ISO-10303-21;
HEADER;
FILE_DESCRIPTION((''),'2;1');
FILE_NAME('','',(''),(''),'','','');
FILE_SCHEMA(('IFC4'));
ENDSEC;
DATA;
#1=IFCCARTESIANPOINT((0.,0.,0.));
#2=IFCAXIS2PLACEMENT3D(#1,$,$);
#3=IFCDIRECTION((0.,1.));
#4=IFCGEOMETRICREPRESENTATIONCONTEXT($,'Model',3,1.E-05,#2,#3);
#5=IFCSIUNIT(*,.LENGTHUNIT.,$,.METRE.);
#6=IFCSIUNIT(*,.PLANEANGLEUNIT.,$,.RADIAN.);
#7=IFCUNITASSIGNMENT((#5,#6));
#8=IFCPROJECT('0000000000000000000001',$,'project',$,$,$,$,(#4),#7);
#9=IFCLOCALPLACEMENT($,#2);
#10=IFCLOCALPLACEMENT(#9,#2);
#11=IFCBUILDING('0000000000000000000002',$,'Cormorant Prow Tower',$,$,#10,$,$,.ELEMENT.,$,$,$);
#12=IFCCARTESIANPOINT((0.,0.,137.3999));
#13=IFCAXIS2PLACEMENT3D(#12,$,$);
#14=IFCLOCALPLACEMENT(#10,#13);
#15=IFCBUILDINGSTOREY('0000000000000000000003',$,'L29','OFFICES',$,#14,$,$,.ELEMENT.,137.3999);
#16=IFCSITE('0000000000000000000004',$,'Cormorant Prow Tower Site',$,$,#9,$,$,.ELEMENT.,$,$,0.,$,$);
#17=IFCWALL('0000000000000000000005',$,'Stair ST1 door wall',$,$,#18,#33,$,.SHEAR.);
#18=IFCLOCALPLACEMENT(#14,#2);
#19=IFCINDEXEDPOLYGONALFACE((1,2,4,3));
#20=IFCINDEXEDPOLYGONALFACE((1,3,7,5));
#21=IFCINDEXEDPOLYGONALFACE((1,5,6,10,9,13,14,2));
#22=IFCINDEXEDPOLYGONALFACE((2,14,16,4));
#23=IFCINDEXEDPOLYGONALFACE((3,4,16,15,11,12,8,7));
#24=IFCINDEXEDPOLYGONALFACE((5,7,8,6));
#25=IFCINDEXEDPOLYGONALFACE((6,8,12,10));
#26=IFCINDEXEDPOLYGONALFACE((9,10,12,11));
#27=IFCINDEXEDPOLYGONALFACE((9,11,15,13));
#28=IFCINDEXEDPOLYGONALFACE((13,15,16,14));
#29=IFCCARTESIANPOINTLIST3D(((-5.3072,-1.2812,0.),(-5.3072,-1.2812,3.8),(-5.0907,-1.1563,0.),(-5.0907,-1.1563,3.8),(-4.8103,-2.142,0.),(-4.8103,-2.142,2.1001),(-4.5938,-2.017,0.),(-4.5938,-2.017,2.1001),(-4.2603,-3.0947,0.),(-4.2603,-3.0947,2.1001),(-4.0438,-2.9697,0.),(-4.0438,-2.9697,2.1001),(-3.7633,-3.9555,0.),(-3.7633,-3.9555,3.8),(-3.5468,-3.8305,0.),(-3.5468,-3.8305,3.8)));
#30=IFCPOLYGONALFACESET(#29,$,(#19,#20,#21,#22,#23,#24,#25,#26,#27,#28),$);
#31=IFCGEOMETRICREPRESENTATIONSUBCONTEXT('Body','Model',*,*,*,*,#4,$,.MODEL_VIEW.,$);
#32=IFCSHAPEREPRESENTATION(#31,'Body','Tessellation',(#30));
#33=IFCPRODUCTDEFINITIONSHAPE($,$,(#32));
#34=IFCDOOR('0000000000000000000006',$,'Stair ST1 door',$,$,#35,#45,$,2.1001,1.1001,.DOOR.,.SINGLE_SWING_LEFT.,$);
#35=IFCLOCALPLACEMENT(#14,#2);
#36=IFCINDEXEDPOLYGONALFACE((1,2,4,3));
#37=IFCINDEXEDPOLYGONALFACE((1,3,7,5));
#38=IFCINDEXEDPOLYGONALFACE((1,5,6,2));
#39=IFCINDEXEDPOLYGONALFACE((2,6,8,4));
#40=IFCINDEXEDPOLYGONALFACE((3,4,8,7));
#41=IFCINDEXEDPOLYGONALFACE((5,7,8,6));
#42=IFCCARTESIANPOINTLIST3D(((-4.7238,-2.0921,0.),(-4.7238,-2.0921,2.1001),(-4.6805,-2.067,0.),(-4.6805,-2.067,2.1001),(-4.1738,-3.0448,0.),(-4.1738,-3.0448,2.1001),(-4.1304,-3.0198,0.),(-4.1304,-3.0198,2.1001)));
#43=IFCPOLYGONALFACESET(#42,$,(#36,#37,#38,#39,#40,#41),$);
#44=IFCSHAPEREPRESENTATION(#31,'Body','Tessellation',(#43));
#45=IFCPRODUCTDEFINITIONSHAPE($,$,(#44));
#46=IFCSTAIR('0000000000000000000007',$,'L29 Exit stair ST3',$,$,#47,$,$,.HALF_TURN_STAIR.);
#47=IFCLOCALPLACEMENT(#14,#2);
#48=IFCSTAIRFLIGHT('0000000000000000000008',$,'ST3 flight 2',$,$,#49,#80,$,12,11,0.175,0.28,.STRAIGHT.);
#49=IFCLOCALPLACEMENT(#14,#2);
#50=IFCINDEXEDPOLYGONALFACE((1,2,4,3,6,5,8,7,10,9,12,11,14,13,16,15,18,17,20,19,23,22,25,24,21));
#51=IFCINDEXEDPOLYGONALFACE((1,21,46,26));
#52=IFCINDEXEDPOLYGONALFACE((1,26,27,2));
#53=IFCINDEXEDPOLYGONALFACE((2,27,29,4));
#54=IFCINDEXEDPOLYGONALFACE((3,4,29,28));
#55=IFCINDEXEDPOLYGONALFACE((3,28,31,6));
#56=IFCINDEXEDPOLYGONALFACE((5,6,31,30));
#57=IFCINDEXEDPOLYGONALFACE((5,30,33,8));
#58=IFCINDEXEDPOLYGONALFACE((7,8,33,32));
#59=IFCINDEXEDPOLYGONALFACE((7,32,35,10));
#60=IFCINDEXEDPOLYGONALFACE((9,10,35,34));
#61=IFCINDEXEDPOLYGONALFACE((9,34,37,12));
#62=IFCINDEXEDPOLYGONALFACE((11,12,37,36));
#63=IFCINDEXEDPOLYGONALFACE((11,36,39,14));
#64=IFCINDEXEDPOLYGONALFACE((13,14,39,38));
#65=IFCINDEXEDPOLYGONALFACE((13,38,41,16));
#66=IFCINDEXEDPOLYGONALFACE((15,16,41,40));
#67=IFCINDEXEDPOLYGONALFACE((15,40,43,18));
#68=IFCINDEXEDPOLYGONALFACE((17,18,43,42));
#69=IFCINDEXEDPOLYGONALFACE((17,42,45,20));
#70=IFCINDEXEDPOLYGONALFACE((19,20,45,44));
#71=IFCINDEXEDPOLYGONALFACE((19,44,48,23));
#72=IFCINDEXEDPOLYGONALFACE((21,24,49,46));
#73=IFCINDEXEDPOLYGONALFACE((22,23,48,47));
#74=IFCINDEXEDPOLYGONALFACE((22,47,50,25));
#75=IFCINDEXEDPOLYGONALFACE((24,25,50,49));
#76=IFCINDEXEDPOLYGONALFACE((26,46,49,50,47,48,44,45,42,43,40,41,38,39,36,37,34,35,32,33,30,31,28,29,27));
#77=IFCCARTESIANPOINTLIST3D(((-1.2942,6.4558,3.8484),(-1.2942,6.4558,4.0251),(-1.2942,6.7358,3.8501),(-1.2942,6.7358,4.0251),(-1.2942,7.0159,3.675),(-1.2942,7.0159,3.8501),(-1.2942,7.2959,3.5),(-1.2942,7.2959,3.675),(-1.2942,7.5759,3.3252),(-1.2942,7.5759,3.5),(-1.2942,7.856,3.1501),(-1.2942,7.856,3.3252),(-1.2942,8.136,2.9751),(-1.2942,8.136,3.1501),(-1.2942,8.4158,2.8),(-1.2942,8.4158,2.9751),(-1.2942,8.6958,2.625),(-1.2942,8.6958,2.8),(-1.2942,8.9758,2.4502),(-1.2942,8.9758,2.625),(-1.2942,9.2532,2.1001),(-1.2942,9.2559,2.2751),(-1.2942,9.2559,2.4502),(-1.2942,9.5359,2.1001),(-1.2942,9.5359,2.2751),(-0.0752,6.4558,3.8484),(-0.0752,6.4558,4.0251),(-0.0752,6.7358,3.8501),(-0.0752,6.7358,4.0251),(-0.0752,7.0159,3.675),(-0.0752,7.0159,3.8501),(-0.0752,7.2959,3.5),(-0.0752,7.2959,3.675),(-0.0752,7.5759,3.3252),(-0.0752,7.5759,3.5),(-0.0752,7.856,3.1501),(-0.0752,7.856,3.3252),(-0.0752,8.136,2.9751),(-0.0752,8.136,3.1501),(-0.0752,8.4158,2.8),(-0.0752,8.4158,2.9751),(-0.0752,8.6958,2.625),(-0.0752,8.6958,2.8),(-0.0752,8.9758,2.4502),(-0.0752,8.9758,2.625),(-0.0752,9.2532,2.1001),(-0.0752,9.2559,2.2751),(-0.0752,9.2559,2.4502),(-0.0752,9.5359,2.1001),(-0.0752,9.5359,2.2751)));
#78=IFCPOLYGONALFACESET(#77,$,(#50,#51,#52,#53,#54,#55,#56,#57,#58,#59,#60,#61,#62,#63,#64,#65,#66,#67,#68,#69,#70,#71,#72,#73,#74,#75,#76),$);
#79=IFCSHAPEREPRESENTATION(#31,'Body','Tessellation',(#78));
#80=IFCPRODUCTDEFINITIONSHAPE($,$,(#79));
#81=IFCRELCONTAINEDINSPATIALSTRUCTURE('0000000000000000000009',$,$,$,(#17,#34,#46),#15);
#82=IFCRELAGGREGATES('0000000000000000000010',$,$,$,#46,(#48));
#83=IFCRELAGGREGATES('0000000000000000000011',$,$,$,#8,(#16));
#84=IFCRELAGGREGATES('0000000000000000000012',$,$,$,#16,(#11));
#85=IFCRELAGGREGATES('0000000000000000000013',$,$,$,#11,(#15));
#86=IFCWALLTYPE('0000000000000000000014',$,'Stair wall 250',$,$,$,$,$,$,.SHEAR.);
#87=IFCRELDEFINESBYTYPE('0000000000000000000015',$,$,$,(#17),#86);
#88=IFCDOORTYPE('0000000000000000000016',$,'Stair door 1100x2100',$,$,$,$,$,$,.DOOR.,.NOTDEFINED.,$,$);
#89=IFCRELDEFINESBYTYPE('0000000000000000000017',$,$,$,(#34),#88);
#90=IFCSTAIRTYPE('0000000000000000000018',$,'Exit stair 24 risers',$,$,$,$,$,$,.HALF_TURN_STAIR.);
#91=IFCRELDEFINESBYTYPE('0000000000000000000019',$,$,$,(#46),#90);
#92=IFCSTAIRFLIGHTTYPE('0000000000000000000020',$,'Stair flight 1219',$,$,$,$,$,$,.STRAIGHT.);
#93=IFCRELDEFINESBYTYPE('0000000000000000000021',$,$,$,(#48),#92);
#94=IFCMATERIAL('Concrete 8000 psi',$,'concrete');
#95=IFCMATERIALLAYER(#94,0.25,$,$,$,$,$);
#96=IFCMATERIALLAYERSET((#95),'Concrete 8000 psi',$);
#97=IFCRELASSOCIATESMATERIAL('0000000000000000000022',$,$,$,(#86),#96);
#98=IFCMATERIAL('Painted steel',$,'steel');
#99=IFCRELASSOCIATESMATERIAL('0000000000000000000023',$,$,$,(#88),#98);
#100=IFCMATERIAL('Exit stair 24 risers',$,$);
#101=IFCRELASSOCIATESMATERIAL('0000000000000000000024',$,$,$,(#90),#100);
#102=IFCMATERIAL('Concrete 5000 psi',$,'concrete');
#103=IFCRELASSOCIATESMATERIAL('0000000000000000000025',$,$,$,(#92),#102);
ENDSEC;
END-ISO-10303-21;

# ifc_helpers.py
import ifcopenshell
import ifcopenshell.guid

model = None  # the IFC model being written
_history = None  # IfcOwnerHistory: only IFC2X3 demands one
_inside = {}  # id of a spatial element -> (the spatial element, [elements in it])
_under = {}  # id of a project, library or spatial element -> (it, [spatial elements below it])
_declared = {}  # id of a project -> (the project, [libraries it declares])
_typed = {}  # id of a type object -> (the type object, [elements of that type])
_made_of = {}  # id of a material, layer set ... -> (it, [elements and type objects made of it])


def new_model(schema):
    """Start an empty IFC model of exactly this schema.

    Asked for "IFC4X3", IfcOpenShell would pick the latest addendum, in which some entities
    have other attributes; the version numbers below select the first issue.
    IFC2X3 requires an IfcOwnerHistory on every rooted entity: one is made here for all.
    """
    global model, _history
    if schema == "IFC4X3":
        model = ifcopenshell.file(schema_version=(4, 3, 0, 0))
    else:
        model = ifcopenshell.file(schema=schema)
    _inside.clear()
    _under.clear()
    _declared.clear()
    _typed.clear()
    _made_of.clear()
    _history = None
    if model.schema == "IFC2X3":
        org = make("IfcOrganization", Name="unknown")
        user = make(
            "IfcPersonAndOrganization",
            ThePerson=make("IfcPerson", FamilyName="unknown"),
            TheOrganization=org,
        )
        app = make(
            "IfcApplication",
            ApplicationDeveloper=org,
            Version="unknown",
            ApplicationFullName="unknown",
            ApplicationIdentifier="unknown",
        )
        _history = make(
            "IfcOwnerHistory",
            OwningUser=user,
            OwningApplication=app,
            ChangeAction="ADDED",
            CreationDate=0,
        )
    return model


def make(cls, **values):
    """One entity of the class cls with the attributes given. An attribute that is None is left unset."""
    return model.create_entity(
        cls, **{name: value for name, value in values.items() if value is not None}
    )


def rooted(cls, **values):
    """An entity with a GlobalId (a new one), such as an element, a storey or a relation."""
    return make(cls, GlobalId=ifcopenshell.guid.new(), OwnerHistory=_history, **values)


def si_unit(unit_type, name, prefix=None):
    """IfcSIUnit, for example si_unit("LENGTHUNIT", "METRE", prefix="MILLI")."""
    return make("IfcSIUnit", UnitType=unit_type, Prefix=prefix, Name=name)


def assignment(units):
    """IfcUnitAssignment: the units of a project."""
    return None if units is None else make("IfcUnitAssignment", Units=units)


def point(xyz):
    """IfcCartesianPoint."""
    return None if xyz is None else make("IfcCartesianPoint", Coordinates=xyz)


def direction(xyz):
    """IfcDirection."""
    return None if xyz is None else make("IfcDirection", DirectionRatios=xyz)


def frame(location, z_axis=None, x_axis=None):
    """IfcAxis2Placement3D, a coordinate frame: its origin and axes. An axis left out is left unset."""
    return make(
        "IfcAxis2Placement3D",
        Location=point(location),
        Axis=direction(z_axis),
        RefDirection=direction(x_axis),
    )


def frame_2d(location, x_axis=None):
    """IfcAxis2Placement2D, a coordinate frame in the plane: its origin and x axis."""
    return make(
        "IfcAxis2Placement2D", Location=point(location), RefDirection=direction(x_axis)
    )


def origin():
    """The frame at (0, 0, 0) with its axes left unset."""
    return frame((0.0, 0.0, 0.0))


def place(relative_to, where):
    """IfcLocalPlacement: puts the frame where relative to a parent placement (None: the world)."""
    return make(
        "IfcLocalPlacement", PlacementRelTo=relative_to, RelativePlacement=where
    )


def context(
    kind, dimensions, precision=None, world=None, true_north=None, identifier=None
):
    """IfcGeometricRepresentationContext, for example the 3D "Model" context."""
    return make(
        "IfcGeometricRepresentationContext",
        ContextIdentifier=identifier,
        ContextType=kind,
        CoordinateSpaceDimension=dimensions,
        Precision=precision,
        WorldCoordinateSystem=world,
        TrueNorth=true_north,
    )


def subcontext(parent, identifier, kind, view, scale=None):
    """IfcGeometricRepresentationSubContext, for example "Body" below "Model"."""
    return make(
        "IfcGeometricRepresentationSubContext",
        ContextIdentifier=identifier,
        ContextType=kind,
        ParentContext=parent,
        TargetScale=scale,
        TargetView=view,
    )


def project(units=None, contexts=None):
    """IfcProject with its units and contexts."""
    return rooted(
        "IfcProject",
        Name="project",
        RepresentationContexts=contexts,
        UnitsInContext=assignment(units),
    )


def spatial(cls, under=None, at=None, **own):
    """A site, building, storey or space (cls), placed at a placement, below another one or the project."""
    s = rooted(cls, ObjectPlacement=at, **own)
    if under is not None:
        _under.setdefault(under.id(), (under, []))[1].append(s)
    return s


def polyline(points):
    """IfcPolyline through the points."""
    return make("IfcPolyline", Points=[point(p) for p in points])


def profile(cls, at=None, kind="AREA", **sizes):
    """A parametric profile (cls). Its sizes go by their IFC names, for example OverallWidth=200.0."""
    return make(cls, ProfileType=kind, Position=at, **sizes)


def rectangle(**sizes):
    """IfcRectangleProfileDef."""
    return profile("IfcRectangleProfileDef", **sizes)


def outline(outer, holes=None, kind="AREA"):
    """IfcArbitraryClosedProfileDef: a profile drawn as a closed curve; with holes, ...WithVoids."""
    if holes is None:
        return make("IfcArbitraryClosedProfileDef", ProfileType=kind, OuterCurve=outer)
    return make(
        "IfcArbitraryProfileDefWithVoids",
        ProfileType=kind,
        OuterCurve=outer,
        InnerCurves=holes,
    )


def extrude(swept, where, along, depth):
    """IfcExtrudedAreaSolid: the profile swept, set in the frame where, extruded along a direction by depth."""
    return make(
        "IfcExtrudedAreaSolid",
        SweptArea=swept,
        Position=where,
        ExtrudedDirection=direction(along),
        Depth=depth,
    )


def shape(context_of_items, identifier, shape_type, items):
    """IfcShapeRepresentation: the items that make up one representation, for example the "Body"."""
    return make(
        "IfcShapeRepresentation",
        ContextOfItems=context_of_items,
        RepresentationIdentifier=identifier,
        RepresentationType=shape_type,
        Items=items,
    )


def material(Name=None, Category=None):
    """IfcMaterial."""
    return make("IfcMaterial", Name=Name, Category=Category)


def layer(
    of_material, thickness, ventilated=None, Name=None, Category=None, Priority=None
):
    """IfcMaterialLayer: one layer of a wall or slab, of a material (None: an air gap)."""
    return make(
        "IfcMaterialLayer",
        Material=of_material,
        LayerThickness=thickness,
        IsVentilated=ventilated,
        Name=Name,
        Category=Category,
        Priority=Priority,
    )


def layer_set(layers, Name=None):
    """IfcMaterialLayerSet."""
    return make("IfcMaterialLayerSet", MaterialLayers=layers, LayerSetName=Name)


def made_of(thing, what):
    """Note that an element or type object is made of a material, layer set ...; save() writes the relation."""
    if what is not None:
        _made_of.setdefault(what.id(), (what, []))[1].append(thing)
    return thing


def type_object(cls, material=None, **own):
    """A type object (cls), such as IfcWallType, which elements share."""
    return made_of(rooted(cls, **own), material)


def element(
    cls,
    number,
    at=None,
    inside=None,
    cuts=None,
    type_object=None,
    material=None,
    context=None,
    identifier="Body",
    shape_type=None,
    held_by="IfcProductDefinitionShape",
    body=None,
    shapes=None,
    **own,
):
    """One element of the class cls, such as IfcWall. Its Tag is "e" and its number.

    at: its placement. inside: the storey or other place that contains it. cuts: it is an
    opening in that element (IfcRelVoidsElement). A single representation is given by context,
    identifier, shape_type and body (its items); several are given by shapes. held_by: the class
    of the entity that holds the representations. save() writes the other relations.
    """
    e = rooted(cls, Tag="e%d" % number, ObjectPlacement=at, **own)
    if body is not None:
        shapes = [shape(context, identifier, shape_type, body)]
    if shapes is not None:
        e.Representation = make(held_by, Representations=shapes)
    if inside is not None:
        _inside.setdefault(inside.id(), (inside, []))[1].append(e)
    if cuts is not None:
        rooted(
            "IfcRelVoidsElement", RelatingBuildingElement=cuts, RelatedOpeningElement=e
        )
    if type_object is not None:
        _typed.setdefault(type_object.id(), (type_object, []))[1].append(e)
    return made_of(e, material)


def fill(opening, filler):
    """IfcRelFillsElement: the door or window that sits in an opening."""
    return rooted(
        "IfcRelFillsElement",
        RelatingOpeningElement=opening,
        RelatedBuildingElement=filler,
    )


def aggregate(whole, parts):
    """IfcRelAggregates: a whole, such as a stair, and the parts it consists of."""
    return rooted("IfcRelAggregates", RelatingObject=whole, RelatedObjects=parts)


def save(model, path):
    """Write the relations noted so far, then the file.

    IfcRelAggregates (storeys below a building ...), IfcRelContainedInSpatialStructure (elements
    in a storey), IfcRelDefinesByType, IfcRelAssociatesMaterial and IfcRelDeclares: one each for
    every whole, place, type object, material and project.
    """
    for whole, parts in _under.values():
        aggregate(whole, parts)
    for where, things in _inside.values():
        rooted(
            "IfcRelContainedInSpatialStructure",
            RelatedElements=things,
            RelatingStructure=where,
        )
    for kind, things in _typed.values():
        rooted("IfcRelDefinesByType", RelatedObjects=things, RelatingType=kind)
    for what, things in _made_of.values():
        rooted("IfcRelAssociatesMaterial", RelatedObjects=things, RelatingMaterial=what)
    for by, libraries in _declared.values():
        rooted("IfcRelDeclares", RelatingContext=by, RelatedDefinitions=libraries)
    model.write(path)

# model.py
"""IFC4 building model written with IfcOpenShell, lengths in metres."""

from ifc_helpers import new_model, si_unit, direction, frame, frame_2d, origin, place, context, subcontext, project, spatial, polyline, rectangle, outline, extrude, material, layer, layer_set, type_object, element, fill, aggregate, save


model = new_model("IFC4")

# Units and contexts
model_context = context("Model", 3, precision=1e-05, world=origin(), true_north=direction((0.0, 1.0)))
body_context = subcontext(model_context, "Body", "Model", "MODEL_VIEW")
ifc_project = project(units=[si_unit("LENGTHUNIT", "METRE"), si_unit("PLANEANGLEUNIT", "RADIAN")], contexts=[model_context])

# Site, building, storey
site_placement = place(None, origin())
site = spatial("IfcSite", under=ifc_project, at=site_placement, Name="Cormorant Prow Tower Site", CompositionType="ELEMENT", RefElevation=0.0)
building_placement = place(site_placement, origin())
building = spatial("IfcBuilding", under=site, at=building_placement, Name="Cormorant Prow Tower", CompositionType="ELEMENT")
storey_placement = place(building_placement, frame((0.0, 0.0, 137.3999)))
storey = spatial("IfcBuildingStorey", under=building, at=storey_placement, Name="L29", Description="OFFICES", CompositionType="ELEMENT", Elevation=137.3999)

# Wall, opening, door
ifc_material_1 = material(Name="Concrete 8000 psi", Category="concrete")
ifc_layer_1 = layer(ifc_material_1, 0.25)
ifc_layer_set_1 = layer_set([ifc_layer_1], Name="Concrete 8000 psi")
wall_type_1 = type_object("IfcWallType", Name="Stair wall 250", PredefinedType="SHEAR", material=ifc_layer_set_1)
wall_1_placement = place(storey_placement, frame((-5.199, -1.2188, 0.0), z_axis=(0.0, 0.0, 1.0), x_axis=(0.499983, -0.866035, 0.0)))
wall_1 = element("IfcWall", 1, at=wall_1_placement, inside=storey, type_object=wall_type_1, Name="Stair ST1 door wall", PredefinedType="SHEAR", context=body_context, shape_type="SweptSolid", body=[
    extrude(rectangle(XDim=3.0879, YDim=0.25, at=frame_2d((1.5439, 0.0))), origin(), (0.0, 0.0, 1.0), 3.8),
])
opening_1_placement = place(wall_1_placement, frame((0.9939, 0.0, 0.0)))
opening_1 = element("IfcOpeningElement", 2, at=opening_1_placement, cuts=wall_1, PredefinedType="OPENING", context=body_context, shape_type="SweptSolid", body=[
    extrude(rectangle(XDim=1.1001, YDim=2.1001, at=frame_2d((0.55, 1.05))), frame((0.0, 0.135, 0.0), z_axis=(0.0, -1.0, 0.0), x_axis=(1.0, 0.0, 0.0)), (0.0, 0.0, 1.0), 0.27),
])
ifc_material_2 = material(Name="Painted steel", Category="steel")
door_type_1 = type_object("IfcDoorType", Name="Stair door 1100x2100", OperationType="NOTDEFINED", PredefinedType="DOOR", material=ifc_material_2)
door_1_placement = place(opening_1_placement, origin())
door_1 = element("IfcDoor", 3, at=door_1_placement, inside=storey, type_object=door_type_1, Name="Stair ST1 door", OperationType="SINGLE_SWING_LEFT", OverallHeight=2.1001, OverallWidth=1.1001, PredefinedType="DOOR", context=body_context, shape_type="SweptSolid", body=[
    extrude(rectangle(XDim=1.1001, YDim=2.1001, at=frame_2d((0.55, 1.05))), frame((0.0, 0.0249, 0.0), z_axis=(0.0, -1.0, 0.0), x_axis=(1.0, 0.0, 0.0)), (0.0, 0.0, 1.0), 0.05),
])
fill(opening_1, door_1)

# Stair, stair flight
ifc_material_3 = material(Name="Exit stair 24 risers")
stair_type = type_object("IfcStairType", Name="Exit stair 24 risers", PredefinedType="HALF_TURN_STAIR", material=ifc_material_3)
stair_placement = place(storey_placement, origin())
stair = element("IfcStair", 4, at=stair_placement, inside=storey, type_object=stair_type, Name="L29 Exit stair ST3", PredefinedType="HALF_TURN_STAIR")
ifc_material_4 = material(Name="Concrete 5000 psi", Category="concrete")
stair_flight_type = type_object("IfcStairFlightType", Name="Stair flight 1219", PredefinedType="STRAIGHT", material=ifc_material_4)
stair_flight_placement = place(storey_placement, frame((-0.6846, 9.5359, 2.1001), z_axis=(0.0, 0.0, 1.0), x_axis=(0.0, -1.0, 0.0)))
stair_flight = element("IfcStairFlight", 5, at=stair_flight_placement, type_object=stair_flight_type, Name="ST3 flight 2", NumberOfRisers=12, NumberOfTreads=11, PredefinedType="STRAIGHT", RiserHeight=0.175, TreadLength=0.28, context=body_context, shape_type="SweptSolid", body=[
    extrude(outline(polyline([(0.0, 0.0), (0.0, 0.175), (0.28, 0.175), (0.28, 0.3501), (0.5601, 0.3501), (0.5601, 0.5249), (0.8401, 0.5249), (0.8401, 0.7), (1.1201, 0.7), (1.1201, 0.875), (1.3999, 0.875), (1.3999, 1.05), (1.6799, 1.05), (1.6799, 1.2251), (1.96, 1.2251), (1.96, 1.3999), (2.24, 1.3999), (2.24, 1.575), (2.52, 1.575), (2.52, 1.75), (2.8, 1.75), (2.8, 1.925), (3.0801, 1.925), (3.0801, 2.1001), (3.0801, 1.7483), (0.2827, 0.0), (0.0, 0.0)])), frame((0.0, 0.6094, 0.0), z_axis=(0.0, -1.0, 0.0), x_axis=(1.0, 0.0, 0.0)), (0.0, 0.0, 1.0), 1.219),
])
aggregate(stair, [stair_flight])

save(model, "model.ifc")
